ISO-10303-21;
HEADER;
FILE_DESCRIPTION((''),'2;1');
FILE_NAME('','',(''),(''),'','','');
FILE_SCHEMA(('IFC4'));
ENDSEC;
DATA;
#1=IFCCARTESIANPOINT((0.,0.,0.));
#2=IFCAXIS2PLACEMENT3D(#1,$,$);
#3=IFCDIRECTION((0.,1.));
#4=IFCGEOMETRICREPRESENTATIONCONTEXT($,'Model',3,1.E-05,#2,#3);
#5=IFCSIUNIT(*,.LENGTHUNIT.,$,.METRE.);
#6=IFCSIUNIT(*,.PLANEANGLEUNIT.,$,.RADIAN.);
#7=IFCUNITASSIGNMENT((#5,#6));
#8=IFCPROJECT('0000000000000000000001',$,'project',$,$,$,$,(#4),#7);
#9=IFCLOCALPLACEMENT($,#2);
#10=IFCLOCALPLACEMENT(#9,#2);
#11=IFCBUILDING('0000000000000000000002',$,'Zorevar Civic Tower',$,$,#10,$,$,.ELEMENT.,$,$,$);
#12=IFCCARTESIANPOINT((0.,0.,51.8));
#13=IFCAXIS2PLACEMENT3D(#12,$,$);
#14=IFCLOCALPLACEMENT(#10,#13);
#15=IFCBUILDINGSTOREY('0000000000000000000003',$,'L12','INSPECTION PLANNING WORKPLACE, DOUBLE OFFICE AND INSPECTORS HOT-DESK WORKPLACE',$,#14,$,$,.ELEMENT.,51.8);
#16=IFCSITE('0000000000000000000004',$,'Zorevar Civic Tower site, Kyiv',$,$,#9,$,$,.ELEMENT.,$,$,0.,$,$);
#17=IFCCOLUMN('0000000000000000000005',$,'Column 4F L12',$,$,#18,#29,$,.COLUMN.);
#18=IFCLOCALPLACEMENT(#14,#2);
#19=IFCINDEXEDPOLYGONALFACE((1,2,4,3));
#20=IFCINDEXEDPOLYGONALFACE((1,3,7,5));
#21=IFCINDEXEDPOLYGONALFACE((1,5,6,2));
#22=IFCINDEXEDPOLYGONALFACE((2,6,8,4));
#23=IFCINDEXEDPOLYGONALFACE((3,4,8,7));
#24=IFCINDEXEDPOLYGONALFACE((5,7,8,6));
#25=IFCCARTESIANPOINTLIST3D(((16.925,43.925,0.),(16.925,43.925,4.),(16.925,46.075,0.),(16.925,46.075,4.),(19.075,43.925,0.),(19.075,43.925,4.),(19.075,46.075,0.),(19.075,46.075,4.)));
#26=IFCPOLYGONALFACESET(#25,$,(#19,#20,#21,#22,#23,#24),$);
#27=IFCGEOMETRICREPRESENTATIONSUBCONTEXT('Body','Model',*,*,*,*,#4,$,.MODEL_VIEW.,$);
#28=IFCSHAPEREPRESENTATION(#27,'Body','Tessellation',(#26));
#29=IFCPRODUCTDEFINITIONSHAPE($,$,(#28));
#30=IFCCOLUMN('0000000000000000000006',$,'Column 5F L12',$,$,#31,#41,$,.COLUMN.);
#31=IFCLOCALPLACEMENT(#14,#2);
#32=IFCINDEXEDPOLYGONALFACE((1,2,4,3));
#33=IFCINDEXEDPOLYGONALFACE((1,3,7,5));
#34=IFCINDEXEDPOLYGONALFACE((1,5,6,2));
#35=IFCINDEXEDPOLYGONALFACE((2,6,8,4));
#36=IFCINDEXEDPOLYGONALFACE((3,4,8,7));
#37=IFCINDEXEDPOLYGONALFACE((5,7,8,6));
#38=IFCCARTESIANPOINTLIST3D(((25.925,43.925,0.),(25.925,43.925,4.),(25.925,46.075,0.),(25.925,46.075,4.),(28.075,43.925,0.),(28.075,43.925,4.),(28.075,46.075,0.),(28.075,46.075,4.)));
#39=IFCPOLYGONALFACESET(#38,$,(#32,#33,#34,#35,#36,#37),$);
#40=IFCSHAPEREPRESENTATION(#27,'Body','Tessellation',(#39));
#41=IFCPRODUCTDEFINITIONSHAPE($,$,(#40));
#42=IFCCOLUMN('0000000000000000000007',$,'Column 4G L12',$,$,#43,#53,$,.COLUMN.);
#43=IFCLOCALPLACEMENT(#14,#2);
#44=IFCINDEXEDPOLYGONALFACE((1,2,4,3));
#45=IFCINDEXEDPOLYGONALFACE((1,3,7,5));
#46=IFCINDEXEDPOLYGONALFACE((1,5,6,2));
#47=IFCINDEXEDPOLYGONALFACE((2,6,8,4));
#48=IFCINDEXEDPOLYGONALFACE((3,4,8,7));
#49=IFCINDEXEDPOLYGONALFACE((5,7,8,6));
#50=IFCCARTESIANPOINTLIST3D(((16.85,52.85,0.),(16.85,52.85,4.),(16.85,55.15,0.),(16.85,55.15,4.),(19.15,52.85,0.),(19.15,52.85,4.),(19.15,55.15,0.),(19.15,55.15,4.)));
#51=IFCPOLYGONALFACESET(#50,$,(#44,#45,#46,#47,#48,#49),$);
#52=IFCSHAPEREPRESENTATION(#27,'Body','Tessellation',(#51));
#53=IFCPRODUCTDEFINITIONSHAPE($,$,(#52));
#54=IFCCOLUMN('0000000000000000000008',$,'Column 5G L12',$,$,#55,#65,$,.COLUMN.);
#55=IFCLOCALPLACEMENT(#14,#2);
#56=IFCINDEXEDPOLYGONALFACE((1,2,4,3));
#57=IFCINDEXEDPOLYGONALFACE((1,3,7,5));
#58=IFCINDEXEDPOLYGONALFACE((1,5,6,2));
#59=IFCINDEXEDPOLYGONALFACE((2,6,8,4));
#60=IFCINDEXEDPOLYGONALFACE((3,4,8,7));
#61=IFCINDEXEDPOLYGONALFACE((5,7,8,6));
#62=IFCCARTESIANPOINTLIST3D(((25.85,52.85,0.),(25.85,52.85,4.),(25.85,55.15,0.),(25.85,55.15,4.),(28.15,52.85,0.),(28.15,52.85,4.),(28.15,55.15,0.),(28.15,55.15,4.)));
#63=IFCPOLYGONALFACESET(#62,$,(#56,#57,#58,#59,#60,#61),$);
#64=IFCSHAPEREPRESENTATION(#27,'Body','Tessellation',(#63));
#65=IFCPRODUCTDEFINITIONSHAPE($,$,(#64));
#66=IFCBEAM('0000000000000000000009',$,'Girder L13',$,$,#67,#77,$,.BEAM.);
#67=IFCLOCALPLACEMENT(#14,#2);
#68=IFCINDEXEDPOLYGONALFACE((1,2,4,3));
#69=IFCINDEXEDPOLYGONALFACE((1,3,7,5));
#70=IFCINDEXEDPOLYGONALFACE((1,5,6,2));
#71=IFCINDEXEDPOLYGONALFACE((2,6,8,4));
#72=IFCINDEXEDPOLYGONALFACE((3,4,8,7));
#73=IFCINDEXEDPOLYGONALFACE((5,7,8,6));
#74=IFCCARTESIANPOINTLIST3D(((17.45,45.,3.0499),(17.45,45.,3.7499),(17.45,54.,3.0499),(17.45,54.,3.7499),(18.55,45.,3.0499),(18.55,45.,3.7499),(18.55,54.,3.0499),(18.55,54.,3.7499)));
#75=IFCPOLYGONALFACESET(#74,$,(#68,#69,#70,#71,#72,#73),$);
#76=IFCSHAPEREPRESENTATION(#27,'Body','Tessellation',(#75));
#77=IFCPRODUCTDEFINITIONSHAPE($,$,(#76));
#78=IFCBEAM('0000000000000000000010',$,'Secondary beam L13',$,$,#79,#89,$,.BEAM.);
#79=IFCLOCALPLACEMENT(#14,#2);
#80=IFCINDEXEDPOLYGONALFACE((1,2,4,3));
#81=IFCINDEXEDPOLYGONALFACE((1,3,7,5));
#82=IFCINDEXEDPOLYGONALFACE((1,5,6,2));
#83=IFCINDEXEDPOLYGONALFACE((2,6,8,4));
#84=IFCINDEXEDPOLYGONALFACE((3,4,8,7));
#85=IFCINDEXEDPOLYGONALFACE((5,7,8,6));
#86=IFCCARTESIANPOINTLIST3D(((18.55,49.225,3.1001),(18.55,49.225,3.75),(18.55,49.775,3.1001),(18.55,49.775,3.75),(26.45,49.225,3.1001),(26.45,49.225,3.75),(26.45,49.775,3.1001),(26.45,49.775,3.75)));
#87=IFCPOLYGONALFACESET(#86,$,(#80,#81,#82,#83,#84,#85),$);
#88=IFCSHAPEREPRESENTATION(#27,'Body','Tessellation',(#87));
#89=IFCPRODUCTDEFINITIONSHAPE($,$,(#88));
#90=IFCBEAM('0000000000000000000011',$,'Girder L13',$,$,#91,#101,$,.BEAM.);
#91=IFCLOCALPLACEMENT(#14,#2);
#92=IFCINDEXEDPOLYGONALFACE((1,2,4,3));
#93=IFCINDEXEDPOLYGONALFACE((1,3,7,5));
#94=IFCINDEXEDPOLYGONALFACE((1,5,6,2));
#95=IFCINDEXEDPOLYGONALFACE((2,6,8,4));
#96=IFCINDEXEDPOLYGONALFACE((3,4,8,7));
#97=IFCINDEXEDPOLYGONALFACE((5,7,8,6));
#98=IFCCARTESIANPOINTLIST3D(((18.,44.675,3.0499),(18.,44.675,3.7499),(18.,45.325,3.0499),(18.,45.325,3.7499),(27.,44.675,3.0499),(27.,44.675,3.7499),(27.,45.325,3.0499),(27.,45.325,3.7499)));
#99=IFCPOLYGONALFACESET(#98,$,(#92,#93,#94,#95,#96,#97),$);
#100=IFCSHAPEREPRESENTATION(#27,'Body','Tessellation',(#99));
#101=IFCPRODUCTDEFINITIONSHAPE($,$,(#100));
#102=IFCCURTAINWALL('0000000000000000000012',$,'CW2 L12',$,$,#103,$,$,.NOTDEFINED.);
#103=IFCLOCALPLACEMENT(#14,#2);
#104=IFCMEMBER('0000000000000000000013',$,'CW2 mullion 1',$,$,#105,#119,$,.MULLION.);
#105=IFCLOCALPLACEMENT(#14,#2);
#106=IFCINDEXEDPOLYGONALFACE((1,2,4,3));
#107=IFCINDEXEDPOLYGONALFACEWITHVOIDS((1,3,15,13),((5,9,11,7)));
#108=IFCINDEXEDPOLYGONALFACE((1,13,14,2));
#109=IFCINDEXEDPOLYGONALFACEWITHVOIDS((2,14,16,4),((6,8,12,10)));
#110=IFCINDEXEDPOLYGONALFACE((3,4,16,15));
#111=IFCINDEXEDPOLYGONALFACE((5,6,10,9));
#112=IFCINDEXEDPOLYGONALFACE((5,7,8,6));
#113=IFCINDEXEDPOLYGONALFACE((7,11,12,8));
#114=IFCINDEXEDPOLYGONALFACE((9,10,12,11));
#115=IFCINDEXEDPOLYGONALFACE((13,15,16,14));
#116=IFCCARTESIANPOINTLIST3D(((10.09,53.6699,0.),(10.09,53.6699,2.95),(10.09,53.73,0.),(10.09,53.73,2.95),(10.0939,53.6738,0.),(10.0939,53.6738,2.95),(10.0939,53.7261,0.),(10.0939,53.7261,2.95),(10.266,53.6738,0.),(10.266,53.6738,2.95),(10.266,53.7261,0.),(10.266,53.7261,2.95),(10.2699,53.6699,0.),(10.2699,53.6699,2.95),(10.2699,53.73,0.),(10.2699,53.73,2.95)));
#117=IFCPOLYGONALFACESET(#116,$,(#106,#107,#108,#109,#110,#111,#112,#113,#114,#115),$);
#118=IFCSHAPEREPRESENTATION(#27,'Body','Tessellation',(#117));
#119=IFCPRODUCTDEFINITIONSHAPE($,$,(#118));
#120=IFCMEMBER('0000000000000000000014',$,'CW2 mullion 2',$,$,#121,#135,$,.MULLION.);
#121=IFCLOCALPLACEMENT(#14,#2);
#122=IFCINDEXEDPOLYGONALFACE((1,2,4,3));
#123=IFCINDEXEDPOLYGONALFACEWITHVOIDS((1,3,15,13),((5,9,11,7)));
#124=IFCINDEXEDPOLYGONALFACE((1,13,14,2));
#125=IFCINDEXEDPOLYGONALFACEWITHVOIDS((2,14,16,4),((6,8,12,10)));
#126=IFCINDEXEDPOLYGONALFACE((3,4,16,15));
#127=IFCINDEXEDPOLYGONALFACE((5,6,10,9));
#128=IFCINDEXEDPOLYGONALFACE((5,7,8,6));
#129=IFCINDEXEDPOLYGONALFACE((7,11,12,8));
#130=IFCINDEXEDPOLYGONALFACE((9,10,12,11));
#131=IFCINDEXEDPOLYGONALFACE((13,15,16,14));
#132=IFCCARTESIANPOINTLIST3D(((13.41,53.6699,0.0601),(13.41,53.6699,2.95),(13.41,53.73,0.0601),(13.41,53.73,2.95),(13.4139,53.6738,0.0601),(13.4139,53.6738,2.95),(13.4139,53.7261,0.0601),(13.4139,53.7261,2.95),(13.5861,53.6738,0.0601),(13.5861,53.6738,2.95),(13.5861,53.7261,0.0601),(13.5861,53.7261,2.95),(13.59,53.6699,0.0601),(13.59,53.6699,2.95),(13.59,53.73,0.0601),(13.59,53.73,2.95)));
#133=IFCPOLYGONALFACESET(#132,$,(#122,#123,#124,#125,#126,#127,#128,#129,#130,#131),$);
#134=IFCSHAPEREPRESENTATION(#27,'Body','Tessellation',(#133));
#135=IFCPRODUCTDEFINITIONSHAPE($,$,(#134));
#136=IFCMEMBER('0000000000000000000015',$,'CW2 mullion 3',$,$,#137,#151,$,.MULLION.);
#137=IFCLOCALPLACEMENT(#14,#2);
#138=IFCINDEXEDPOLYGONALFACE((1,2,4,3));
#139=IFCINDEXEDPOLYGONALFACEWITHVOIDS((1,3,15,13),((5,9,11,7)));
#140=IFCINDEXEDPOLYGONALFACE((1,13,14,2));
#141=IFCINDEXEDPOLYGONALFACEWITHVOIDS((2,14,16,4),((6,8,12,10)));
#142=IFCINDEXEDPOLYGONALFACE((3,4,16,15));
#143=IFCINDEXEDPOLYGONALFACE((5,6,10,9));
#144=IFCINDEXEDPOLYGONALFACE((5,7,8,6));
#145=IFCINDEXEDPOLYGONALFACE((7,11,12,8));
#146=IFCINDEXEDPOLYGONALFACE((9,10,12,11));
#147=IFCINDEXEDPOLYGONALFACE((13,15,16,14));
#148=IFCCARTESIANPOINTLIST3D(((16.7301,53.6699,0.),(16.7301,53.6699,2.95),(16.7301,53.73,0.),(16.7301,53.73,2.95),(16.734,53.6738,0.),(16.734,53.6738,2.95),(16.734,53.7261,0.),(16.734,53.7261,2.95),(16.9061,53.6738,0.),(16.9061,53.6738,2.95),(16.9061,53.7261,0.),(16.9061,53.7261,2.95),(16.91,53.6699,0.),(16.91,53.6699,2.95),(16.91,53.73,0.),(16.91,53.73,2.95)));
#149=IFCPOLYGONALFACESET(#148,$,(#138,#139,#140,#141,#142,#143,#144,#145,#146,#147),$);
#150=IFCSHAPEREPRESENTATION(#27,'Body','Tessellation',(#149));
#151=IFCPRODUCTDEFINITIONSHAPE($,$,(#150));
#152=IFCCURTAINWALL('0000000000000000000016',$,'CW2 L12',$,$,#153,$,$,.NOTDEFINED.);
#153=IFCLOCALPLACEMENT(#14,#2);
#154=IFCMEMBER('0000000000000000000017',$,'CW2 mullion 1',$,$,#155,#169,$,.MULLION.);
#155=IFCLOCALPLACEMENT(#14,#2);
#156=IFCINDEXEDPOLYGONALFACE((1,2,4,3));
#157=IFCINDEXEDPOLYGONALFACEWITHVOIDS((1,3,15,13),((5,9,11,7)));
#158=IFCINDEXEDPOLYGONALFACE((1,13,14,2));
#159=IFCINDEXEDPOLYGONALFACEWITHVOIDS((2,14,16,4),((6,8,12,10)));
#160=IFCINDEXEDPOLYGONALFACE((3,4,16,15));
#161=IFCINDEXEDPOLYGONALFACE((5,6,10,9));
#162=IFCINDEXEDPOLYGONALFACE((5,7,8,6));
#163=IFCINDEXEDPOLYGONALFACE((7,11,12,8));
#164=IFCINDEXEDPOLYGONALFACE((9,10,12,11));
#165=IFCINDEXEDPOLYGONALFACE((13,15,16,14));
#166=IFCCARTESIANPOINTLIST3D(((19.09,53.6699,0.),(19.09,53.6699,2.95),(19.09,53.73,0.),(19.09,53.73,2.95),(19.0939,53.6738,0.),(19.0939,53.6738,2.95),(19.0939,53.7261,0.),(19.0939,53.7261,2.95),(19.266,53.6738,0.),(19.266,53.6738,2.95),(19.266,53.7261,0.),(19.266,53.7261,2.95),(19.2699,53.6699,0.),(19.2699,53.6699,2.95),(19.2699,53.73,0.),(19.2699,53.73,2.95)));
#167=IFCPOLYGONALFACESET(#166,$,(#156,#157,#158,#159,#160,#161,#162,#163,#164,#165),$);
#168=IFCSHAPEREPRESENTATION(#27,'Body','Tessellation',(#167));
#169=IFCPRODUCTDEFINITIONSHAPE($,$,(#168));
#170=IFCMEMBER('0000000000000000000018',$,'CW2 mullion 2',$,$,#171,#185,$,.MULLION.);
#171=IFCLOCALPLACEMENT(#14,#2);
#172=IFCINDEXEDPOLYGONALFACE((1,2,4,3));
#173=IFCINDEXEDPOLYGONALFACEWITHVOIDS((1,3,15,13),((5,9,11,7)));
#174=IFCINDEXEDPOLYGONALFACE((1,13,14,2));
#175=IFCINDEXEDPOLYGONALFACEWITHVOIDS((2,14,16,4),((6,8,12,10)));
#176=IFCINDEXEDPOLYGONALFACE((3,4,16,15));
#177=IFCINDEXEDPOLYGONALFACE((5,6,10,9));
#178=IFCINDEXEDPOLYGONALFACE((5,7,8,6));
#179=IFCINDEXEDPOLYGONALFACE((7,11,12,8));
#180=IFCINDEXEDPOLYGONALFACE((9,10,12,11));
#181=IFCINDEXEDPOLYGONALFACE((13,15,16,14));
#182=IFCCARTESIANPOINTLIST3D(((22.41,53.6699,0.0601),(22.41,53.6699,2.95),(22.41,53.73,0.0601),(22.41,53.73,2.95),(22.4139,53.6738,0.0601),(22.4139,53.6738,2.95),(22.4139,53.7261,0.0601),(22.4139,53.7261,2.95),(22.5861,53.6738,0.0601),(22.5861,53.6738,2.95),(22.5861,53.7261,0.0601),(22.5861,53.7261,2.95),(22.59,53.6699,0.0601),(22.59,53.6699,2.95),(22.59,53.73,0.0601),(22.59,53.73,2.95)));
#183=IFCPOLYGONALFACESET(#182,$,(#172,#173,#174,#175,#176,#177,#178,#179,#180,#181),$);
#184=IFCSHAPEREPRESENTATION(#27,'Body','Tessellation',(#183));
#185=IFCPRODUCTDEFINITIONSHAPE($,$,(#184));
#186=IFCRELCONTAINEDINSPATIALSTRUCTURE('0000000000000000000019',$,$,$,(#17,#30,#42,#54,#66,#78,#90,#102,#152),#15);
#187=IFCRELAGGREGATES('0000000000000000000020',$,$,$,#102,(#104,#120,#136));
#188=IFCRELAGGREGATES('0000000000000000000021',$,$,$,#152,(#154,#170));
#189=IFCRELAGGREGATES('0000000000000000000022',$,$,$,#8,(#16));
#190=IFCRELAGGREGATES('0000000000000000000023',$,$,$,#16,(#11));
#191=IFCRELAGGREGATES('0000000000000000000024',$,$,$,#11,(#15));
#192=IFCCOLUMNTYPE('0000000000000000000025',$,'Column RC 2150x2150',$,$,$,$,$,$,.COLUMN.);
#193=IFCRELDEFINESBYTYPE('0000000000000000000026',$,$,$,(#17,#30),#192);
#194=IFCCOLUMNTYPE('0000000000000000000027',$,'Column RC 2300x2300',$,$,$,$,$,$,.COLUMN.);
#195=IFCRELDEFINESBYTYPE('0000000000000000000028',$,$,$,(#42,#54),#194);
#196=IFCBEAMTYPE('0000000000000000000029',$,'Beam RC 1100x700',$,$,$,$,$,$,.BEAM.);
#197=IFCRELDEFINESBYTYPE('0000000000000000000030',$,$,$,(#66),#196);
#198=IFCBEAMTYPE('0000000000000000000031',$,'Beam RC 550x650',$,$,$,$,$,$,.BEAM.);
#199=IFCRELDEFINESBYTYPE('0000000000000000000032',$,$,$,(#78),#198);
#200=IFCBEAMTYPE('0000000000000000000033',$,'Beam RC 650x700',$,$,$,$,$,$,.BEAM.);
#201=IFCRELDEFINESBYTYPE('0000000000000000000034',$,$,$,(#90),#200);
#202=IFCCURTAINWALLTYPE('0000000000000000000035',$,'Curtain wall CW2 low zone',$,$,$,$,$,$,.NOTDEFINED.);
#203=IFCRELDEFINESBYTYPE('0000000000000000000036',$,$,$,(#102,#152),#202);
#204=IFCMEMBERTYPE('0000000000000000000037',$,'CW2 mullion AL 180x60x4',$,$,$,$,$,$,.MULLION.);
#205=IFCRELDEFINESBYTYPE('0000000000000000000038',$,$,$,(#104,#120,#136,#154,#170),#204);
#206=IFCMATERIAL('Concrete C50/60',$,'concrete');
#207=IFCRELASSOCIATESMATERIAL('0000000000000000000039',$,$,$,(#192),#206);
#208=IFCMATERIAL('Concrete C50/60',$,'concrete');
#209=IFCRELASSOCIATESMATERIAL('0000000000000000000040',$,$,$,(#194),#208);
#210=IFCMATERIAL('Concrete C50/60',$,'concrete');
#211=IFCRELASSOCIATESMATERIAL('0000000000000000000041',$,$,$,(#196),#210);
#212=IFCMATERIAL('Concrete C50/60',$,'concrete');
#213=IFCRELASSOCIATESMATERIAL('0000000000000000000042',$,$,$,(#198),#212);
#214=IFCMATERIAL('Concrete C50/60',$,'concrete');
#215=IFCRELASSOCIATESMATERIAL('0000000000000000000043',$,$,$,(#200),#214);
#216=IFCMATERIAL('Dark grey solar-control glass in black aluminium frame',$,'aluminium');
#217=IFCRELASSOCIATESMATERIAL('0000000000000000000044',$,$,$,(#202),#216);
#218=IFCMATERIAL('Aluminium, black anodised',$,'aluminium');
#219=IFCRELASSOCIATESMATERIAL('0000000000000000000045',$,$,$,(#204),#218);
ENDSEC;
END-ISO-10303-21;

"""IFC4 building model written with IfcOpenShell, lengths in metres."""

from ifc_helpers import new_model, si_unit, direction, frame, origin, origin_2d, place, context, subcontext, project, spatial, rectangle, hollow_rectangle, extrude, material, material_profile, profile_set, type_object, element, aggregate, save


model = new_model("IFC4")

# Units and contexts
model_context = context("Model", 3, precision=1e-05, world=origin(), true_north=direction((0.0, 1.0)))
body_context = subcontext(model_context, "Body", "Model", "MODEL_VIEW")
ifc_project = project(units=[si_unit("LENGTHUNIT", "METRE"), si_unit("PLANEANGLEUNIT", "RADIAN")], contexts=[model_context])

# Site, building, storey
site_placement = place(None, origin())
site = spatial("IfcSite", under=ifc_project, at=site_placement, Name="Zorevar Civic Tower site, Kyiv", CompositionType="ELEMENT", RefElevation=0.0)
building_placement = place(site_placement, origin())
building = spatial("IfcBuilding", under=site, at=building_placement, Name="Zorevar Civic Tower", CompositionType="ELEMENT")
storey_placement = place(building_placement, frame((0.0, 0.0, 51.8)))
storey = spatial("IfcBuildingStorey", under=building, at=storey_placement, Name="L12", Description="INSPECTION PLANNING WORKPLACE, DOUBLE OFFICE AND INSPECTORS HOT-DESK WORKPLACE", CompositionType="ELEMENT", Elevation=51.8)

# Columns
ifc_material_1 = material(Name="Concrete C50/60", Category="concrete")
ifc_material_profile_1 = material_profile(ifc_material_1, rectangle(XDim=2.1499, YDim=2.1499, at=origin_2d()), Name="RC 2150x2150")
ifc_profile_set_1 = profile_set([ifc_material_profile_1], Name="Concrete C50/60")
column_type_1 = type_object("IfcColumnType", Name="Column RC 2150x2150", PredefinedType="COLUMN", material=ifc_profile_set_1)
for number, where, z_axis, x_axis, name in (
    (1, (18.0, 45.0, 0.0), (0.0, 0.0, 1.0), (1.0, 0.0, 0.0), "Column 4F L12"),
    (2, (27.0, 45.0, 0.0), (0.0, 0.0, 1.0), (1.0, 0.0, 0.0), "Column 5F L12"),
):
    element("IfcColumn", number, at=place(storey_placement, frame(where, z_axis=z_axis, x_axis=x_axis)), inside=storey, type_object=column_type_1, Name=name, PredefinedType="COLUMN", context=body_context, shape_type="SweptSolid", body=[
        extrude(rectangle(XDim=2.1499, YDim=2.1499, at=origin_2d()), origin(), (0.0, 0.0, 1.0), 4.0),
    ])
ifc_material_2 = material(Name="Concrete C50/60", Category="concrete")
ifc_material_profile_2 = material_profile(ifc_material_2, rectangle(XDim=2.3, YDim=2.3, at=origin_2d()), Name="RC 2300x2300")
ifc_profile_set_2 = profile_set([ifc_material_profile_2], Name="Concrete C50/60")
column_type_2 = type_object("IfcColumnType", Name="Column RC 2300x2300", PredefinedType="COLUMN", material=ifc_profile_set_2)
for number, where, z_axis, x_axis, name in (
    (3, (18.0, 54.0, 0.0), (0.0, 0.0, 1.0), (1.0, 0.0, 0.0), "Column 4G L12"),
    (4, (27.0, 54.0, 0.0), (0.0, 0.0, 1.0), (1.0, 0.0, 0.0), "Column 5G L12"),
):
    element("IfcColumn", number, at=place(storey_placement, frame(where, z_axis=z_axis, x_axis=x_axis)), inside=storey, type_object=column_type_2, Name=name, PredefinedType="COLUMN", context=body_context, shape_type="SweptSolid", body=[
        extrude(rectangle(XDim=2.3, YDim=2.3, at=origin_2d()), origin(), (0.0, 0.0, 1.0), 4.0),
    ])

# Beams
ifc_material_3 = material(Name="Concrete C50/60", Category="concrete")
ifc_material_profile_3 = material_profile(ifc_material_3, rectangle(XDim=1.1001, YDim=0.7, at=origin_2d()), Name="RC 1100x700")
ifc_profile_set_3 = profile_set([ifc_material_profile_3], Name="Concrete C50/60")
beam_type_1 = type_object("IfcBeamType", Name="Beam RC 1100x700", PredefinedType="BEAM", material=ifc_profile_set_3)
beam_1_placement = place(storey_placement, frame((18.0, 45.0, 3.3999), z_axis=(0.0, 1.0, 0.0), x_axis=(-1.0, 0.0, 0.0)))
element("IfcBeam", 5, at=beam_1_placement, inside=storey, type_object=beam_type_1, Name="Girder L13", PredefinedType="BEAM", context=body_context, shape_type="SweptSolid", body=[
    extrude(rectangle(XDim=1.1001, YDim=0.7, at=origin_2d()), origin(), (0.0, 0.0, 1.0), 9.0),
])
ifc_material_4 = material(Name="Concrete C50/60", Category="concrete")
ifc_material_profile_4 = material_profile(ifc_material_4, rectangle(XDim=0.55, YDim=0.6499, at=origin_2d()), Name="RC 550x650")
ifc_profile_set_4 = profile_set([ifc_material_profile_4], Name="Concrete C50/60")
beam_type_2 = type_object("IfcBeamType", Name="Beam RC 550x650", PredefinedType="BEAM", material=ifc_profile_set_4)
beam_2_placement = place(storey_placement, frame((18.55, 49.5, 3.425), z_axis=(1.0, 0.0, 0.0), x_axis=(0.0, 1.0, 0.0)))
element("IfcBeam", 6, at=beam_2_placement, inside=storey, type_object=beam_type_2, Name="Secondary beam L13", PredefinedType="BEAM", context=body_context, shape_type="SweptSolid", body=[
    extrude(rectangle(XDim=0.55, YDim=0.6499, at=origin_2d()), origin(), (0.0, 0.0, 1.0), 7.8999),
])
ifc_material_5 = material(Name="Concrete C50/60", Category="concrete")
ifc_material_profile_5 = material_profile(ifc_material_5, rectangle(XDim=0.6499, YDim=0.7, at=origin_2d()), Name="RC 650x700")
ifc_profile_set_5 = profile_set([ifc_material_profile_5], Name="Concrete C50/60")
beam_type_3 = type_object("IfcBeamType", Name="Beam RC 650x700", PredefinedType="BEAM", material=ifc_profile_set_5)
beam_3_placement = place(storey_placement, frame((18.0, 45.0, 3.3999), z_axis=(1.0, 0.0, 0.0), x_axis=(0.0, 1.0, 0.0)))
element("IfcBeam", 7, at=beam_3_placement, inside=storey, type_object=beam_type_3, Name="Girder L13", PredefinedType="BEAM", context=body_context, shape_type="SweptSolid", body=[
    extrude(rectangle(XDim=0.6499, YDim=0.7, at=origin_2d()), origin(), (0.0, 0.0, 1.0), 9.0),
])

# Curtain walls, members
ifc_material_6 = material(Name="Dark grey solar-control glass in black aluminium frame", Category="aluminium")
curtain_wall_type = type_object("IfcCurtainWallType", Name="Curtain wall CW2 low zone", PredefinedType="NOTDEFINED", material=ifc_material_6)
curtain_wall_1_placement = place(storey_placement, origin())
curtain_wall_1 = element("IfcCurtainWall", 8, at=curtain_wall_1_placement, inside=storey, type_object=curtain_wall_type, Name="CW2 L12", PredefinedType="NOTDEFINED")
ifc_material_7 = material(Name="Aluminium, black anodised", Category="aluminium")
ifc_material_profile_6 = material_profile(ifc_material_7, hollow_rectangle(XDim=0.0601, YDim=0.1799, WallThickness=0.0039, at=origin_2d()), Name="AL 180x60x4")
ifc_profile_set_6 = profile_set([ifc_material_profile_6], Name="Aluminium, black anodised")
member_type_1 = type_object("IfcMemberType", Name="CW2 mullion AL 180x60x4", PredefinedType="MULLION", material=ifc_profile_set_6)
member_1_placement = place(storey_placement, frame((10.1799, 53.7, 0.0), z_axis=(0.0, 0.0, 1.0), x_axis=(0.0, 1.0, 0.0)))
member_1 = element("IfcMember", 9, at=member_1_placement, type_object=member_type_1, Name="CW2 mullion 1", PredefinedType="MULLION", context=body_context, shape_type="SweptSolid", body=[
    extrude(hollow_rectangle(XDim=0.0601, YDim=0.1799, WallThickness=0.0039, at=origin_2d()), origin(), (0.0, 0.0, 1.0), 2.95),
])
member_2_placement = place(storey_placement, frame((13.5, 53.7, 0.0601), z_axis=(0.0, 0.0, 1.0), x_axis=(0.0, 1.0, 0.0)))
member_2 = element("IfcMember", 10, at=member_2_placement, type_object=member_type_1, Name="CW2 mullion 2", PredefinedType="MULLION", context=body_context, shape_type="SweptSolid", body=[
    extrude(hollow_rectangle(XDim=0.0601, YDim=0.1799, WallThickness=0.0039, at=origin_2d()), origin(), (0.0, 0.0, 1.0), 2.8899),
])
member_3_placement = place(storey_placement, frame((16.8201, 53.7, 0.0), z_axis=(0.0, 0.0, 1.0), x_axis=(0.0, 1.0, 0.0)))
member_3 = element("IfcMember", 11, at=member_3_placement, type_object=member_type_1, Name="CW2 mullion 3", PredefinedType="MULLION", context=body_context, shape_type="SweptSolid", body=[
    extrude(hollow_rectangle(XDim=0.0601, YDim=0.1799, WallThickness=0.0039, at=origin_2d()), origin(), (0.0, 0.0, 1.0), 2.95),
])
curtain_wall_2_placement = place(storey_placement, origin())
curtain_wall_2 = element("IfcCurtainWall", 12, at=curtain_wall_2_placement, inside=storey, type_object=curtain_wall_type, Name="CW2 L12", PredefinedType="NOTDEFINED")
member_4_placement = place(storey_placement, frame((19.1799, 53.7, 0.0), z_axis=(0.0, 0.0, 1.0), x_axis=(0.0, 1.0, 0.0)))
member_4 = element("IfcMember", 13, at=member_4_placement, type_object=member_type_1, Name="CW2 mullion 1", PredefinedType="MULLION", context=body_context, shape_type="SweptSolid", body=[
    extrude(hollow_rectangle(XDim=0.0601, YDim=0.1799, WallThickness=0.0039, at=origin_2d()), origin(), (0.0, 0.0, 1.0), 2.95),
])
member_5_placement = place(storey_placement, frame((22.5, 53.7, 0.0601), z_axis=(0.0, 0.0, 1.0), x_axis=(0.0, 1.0, 0.0)))
member_5 = element("IfcMember", 14, at=member_5_placement, type_object=member_type_1, Name="CW2 mullion 2", PredefinedType="MULLION", context=body_context, shape_type="SweptSolid", body=[
    extrude(hollow_rectangle(XDim=0.0601, YDim=0.1799, WallThickness=0.0039, at=origin_2d()), origin(), (0.0, 0.0, 1.0), 2.8899),
])

aggregate(curtain_wall_1, [member_1, member_2, member_3])
aggregate(curtain_wall_2, [member_4, member_5])

save(model, "model.ifc")
